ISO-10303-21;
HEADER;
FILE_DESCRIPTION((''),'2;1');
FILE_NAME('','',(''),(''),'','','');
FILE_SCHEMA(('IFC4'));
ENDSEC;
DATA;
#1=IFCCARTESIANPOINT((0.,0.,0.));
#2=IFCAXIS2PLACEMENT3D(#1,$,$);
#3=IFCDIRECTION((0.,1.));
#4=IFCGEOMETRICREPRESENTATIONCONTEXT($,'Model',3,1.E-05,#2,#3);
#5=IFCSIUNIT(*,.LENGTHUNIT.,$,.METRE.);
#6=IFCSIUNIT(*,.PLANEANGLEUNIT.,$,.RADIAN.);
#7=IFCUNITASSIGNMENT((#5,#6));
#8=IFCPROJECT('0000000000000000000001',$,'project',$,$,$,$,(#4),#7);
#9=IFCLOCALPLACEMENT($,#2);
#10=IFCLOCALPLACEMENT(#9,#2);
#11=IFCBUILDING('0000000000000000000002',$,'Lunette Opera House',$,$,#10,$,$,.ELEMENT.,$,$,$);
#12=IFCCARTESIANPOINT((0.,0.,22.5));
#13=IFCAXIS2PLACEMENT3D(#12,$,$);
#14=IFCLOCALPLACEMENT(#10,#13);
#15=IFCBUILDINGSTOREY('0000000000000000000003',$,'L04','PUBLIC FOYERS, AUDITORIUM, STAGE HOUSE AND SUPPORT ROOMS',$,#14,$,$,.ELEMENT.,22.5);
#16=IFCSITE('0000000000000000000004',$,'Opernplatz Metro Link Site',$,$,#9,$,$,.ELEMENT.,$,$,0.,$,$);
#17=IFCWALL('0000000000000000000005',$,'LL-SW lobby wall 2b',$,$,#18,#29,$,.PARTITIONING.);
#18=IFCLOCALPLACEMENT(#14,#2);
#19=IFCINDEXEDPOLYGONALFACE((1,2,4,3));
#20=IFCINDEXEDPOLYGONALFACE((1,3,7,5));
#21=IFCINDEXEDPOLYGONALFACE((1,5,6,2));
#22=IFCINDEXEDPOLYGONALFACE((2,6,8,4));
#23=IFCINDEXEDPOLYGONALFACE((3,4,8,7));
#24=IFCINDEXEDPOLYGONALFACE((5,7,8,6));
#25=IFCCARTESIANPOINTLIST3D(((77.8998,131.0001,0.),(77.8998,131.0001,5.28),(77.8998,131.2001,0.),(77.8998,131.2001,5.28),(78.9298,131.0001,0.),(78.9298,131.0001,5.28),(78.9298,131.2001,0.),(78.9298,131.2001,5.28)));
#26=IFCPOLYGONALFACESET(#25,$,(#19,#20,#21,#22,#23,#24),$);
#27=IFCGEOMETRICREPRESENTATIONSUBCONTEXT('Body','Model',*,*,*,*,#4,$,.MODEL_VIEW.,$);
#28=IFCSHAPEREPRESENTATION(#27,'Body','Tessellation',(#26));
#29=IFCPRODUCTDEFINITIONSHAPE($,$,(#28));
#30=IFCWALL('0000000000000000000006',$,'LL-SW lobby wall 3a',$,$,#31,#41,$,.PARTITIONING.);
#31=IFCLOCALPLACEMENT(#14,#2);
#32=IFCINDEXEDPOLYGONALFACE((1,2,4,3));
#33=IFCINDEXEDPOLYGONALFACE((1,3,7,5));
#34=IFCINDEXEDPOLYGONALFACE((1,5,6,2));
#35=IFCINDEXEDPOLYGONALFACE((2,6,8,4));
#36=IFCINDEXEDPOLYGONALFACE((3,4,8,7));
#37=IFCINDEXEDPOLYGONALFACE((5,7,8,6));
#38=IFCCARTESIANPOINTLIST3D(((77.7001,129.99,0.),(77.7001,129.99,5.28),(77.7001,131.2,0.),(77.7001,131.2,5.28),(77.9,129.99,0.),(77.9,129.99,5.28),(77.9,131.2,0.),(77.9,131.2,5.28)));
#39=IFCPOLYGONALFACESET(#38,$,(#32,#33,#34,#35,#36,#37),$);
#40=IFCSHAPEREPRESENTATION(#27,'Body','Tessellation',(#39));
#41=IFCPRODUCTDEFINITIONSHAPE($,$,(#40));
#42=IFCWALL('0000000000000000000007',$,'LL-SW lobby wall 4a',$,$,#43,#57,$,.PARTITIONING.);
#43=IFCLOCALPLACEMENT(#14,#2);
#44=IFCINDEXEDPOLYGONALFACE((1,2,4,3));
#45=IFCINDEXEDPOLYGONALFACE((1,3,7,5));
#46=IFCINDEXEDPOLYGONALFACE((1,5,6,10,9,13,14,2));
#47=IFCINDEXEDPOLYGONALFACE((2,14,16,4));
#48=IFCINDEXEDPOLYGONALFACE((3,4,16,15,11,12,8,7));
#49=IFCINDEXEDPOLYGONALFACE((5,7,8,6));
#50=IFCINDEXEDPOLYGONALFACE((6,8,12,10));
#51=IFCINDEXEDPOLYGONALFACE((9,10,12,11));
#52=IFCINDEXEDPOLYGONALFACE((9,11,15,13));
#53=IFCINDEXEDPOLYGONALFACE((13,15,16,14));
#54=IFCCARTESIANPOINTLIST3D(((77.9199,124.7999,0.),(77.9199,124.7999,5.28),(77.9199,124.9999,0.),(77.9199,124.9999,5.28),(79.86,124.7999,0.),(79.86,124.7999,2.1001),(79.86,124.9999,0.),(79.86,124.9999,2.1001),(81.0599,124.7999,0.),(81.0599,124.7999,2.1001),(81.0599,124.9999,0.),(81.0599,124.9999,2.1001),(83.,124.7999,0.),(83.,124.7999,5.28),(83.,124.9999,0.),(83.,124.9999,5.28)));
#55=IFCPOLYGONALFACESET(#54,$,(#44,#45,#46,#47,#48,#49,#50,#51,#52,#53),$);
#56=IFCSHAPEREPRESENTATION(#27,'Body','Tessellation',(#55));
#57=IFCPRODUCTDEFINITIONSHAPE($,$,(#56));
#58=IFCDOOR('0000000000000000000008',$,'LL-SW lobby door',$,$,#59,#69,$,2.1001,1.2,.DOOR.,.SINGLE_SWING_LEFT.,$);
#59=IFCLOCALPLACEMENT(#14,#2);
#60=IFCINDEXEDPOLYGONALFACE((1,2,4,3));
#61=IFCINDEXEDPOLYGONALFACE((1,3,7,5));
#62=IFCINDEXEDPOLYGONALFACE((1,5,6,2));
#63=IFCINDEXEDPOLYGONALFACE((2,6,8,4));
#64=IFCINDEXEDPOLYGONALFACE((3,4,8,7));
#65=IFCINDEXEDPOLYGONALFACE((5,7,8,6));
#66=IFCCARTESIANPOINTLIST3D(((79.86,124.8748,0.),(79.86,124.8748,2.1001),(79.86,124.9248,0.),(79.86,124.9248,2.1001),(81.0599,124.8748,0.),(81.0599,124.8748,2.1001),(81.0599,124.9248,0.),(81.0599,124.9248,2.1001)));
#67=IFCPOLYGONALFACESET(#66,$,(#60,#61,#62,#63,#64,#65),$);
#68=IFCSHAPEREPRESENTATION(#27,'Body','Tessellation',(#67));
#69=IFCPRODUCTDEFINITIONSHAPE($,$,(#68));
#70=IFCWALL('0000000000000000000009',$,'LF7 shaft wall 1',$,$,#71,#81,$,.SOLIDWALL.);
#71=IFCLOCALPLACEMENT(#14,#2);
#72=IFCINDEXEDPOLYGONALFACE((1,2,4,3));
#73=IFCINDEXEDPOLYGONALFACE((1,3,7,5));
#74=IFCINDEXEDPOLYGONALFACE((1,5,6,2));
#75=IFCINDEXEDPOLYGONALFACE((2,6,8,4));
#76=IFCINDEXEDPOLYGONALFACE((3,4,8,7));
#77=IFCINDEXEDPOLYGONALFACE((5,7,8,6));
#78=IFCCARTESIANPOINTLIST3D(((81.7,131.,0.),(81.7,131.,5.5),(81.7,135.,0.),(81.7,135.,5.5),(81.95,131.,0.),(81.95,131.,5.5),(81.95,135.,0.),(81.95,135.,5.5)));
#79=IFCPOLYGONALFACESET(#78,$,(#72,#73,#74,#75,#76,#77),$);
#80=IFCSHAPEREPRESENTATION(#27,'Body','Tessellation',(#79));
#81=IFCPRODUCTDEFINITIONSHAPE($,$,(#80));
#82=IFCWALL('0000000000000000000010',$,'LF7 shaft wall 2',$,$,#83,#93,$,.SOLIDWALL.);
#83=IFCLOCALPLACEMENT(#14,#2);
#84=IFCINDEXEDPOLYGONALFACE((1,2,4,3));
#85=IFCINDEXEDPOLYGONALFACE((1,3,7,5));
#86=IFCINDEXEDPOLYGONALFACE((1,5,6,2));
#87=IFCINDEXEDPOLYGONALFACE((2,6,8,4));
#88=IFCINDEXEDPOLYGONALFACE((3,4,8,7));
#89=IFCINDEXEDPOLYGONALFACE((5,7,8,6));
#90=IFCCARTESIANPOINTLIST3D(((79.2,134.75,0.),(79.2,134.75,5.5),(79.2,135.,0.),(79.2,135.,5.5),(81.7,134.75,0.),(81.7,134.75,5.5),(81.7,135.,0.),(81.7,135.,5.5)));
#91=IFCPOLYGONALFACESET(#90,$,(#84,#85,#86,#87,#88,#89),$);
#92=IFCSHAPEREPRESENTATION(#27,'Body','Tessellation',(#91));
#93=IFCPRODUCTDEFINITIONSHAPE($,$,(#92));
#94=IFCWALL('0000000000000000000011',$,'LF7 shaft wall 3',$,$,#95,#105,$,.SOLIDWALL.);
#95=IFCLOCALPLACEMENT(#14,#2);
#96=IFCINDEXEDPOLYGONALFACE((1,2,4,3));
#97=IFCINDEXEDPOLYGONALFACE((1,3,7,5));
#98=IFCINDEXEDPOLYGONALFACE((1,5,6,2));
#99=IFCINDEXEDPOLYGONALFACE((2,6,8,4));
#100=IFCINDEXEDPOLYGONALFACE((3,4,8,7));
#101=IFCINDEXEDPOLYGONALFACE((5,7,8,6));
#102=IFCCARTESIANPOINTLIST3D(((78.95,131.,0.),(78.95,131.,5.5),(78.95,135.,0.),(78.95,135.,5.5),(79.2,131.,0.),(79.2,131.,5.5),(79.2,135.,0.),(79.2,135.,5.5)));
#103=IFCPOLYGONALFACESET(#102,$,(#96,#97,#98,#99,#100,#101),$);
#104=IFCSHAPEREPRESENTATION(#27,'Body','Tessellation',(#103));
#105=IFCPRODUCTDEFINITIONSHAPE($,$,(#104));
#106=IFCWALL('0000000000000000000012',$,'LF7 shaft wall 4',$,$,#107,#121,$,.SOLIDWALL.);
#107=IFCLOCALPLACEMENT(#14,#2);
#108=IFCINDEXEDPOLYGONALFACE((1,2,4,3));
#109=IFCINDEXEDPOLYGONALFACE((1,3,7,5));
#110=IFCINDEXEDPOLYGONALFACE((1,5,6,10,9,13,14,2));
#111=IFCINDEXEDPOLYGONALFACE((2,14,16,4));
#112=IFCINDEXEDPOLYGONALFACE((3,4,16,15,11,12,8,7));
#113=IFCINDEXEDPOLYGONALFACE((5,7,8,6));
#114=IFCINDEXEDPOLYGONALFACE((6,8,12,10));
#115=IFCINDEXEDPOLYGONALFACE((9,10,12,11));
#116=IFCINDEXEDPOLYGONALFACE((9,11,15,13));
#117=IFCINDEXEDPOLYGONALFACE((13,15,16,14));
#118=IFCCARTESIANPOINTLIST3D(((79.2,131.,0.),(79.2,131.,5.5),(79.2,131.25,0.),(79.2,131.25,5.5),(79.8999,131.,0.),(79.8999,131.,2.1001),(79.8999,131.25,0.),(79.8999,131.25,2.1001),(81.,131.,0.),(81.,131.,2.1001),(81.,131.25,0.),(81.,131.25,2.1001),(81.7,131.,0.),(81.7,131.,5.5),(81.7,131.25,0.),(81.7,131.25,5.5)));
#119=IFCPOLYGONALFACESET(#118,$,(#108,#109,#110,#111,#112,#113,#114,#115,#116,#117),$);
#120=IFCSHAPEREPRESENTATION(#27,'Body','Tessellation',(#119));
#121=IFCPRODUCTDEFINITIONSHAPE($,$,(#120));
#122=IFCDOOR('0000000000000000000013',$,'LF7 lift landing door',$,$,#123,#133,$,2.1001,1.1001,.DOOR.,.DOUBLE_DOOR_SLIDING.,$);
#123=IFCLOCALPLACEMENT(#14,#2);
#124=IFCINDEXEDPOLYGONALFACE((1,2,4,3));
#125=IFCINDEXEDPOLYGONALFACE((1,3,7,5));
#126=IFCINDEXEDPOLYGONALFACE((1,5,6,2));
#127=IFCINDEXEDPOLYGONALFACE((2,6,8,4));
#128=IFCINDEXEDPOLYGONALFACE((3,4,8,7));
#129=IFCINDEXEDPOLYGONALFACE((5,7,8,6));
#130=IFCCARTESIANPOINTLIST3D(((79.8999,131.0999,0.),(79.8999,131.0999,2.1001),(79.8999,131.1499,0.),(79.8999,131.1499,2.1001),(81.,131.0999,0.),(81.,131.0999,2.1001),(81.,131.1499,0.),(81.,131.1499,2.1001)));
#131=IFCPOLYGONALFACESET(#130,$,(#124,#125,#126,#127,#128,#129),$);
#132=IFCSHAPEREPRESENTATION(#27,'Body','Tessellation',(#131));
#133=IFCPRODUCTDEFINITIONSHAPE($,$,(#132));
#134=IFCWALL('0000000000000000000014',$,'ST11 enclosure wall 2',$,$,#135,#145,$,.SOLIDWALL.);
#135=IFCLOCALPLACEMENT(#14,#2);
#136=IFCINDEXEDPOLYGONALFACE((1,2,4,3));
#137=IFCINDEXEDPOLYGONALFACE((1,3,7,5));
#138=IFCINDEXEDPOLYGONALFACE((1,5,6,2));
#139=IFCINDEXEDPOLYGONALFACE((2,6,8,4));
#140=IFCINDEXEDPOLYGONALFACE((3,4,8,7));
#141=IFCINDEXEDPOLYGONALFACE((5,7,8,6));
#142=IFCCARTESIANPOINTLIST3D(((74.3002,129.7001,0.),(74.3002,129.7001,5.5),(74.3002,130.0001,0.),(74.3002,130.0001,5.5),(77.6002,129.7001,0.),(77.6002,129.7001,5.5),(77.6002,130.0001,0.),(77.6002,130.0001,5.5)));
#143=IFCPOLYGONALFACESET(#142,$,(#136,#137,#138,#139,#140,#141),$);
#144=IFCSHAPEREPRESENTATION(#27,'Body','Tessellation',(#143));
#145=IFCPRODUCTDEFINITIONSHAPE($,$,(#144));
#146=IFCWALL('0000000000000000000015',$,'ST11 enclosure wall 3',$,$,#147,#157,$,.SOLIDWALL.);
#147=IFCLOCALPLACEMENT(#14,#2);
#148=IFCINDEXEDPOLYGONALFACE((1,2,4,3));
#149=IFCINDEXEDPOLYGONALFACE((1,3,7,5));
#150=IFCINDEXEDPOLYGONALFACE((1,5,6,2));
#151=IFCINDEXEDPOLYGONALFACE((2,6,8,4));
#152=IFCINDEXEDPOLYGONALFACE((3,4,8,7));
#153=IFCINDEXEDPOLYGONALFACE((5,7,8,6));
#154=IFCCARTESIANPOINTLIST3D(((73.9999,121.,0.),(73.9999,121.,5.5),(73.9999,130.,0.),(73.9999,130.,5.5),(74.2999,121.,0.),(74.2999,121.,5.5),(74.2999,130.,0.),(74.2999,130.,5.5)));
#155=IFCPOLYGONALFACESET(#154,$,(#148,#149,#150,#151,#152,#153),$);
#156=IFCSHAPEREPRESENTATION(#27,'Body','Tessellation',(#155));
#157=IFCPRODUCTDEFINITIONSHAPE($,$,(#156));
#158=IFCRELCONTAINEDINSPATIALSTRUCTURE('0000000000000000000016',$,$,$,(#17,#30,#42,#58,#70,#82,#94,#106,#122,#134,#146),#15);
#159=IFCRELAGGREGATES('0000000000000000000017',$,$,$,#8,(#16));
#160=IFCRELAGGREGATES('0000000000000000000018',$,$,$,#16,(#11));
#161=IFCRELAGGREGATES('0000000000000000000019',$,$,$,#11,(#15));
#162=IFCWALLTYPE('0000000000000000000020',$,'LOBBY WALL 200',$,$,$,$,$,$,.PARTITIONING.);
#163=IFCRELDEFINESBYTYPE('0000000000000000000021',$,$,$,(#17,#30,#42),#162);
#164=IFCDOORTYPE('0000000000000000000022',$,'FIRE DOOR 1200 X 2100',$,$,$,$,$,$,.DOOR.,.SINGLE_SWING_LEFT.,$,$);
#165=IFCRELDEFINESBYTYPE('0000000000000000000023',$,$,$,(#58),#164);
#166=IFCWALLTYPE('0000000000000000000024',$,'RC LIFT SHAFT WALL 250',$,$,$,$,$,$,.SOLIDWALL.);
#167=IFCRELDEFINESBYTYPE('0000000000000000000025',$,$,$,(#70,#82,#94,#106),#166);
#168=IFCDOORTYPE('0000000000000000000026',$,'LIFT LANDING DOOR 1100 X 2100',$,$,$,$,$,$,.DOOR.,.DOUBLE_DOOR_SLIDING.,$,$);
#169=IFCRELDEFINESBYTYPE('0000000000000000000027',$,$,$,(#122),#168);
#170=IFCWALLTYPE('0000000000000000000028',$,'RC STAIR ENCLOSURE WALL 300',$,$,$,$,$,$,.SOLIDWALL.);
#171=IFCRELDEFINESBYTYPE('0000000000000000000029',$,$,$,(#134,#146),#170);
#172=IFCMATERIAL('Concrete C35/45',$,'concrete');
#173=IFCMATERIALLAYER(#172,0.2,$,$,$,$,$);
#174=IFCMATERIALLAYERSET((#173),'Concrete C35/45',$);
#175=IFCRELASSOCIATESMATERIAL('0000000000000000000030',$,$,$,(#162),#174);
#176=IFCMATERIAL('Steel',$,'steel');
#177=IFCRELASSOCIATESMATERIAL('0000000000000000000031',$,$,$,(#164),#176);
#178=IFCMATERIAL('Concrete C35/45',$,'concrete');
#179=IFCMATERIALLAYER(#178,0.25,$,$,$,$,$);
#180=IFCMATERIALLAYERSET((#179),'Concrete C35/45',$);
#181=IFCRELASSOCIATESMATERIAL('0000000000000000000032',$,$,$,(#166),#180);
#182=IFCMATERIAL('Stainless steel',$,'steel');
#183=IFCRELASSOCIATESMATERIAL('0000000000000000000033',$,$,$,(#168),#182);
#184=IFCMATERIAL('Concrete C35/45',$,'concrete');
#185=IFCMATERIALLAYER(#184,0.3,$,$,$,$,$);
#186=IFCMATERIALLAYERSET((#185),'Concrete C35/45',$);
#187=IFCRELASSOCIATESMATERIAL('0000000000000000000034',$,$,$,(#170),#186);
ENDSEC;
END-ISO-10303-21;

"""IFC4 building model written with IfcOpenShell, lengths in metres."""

from ifc_helpers import new_model, si_unit, direction, frame, frame_2d, origin, place, context, subcontext, project, spatial, rectangle, extrude, material, layer, layer_set, type_object, element, fill, save


model = new_model("IFC4")

# Units and contexts
model_context = context("Model", 3, precision=1e-05, world=origin(), true_north=direction((0.0, 1.0)))
body_context = subcontext(model_context, "Body", "Model", "MODEL_VIEW")
ifc_project = project(units=[si_unit("LENGTHUNIT", "METRE"), si_unit("PLANEANGLEUNIT", "RADIAN")], contexts=[model_context])

# Site, building, storey
site_placement = place(None, origin())
site = spatial("IfcSite", under=ifc_project, at=site_placement, Name="Opernplatz Metro Link Site", CompositionType="ELEMENT", RefElevation=0.0)
building_placement = place(site_placement, origin())
building = spatial("IfcBuilding", under=site, at=building_placement, Name="Lunette Opera House", CompositionType="ELEMENT")
storey_placement = place(building_placement, frame((0.0, 0.0, 22.5)))
storey = spatial("IfcBuildingStorey", under=building, at=storey_placement, Name="L04", Description="PUBLIC FOYERS, AUDITORIUM, STAGE HOUSE AND SUPPORT ROOMS", CompositionType="ELEMENT", Elevation=22.5)

# Walls
ifc_material_1 = material(Name="Concrete C35/45", Category="concrete")
ifc_layer_1 = layer(ifc_material_1, 0.2)
ifc_layer_set_1 = layer_set([ifc_layer_1], Name="Concrete C35/45")
wall_type_1 = type_object("IfcWallType", Name="LOBBY WALL 200", PredefinedType="PARTITIONING", material=ifc_layer_set_1)
wall_1_placement = place(storey_placement, frame((78.9299, 131.1001, 0.0), z_axis=(0.0, 0.0, 1.0), x_axis=(-1.0, 0.0, 0.0)))
element("IfcWall", 1, at=wall_1_placement, inside=storey, type_object=wall_type_1, Name="LL-SW lobby wall 2b", PredefinedType="PARTITIONING", context=body_context, shape_type="SweptSolid", body=[
    extrude(rectangle(XDim=1.03, YDim=0.2, at=frame_2d((0.5151, 0.0))), origin(), (0.0, 0.0, 1.0), 5.28),
])
wall_2_placement = place(storey_placement, frame((77.8, 131.2, 0.0), z_axis=(0.0, 0.0, 1.0), x_axis=(0.0, -1.0, 0.0)))
element("IfcWall", 2, at=wall_2_placement, inside=storey, type_object=wall_type_1, Name="LL-SW lobby wall 3a", PredefinedType="PARTITIONING", context=body_context, shape_type="SweptSolid", body=[
    extrude(rectangle(XDim=1.21, YDim=0.2, at=frame_2d((0.605, 0.0))), origin(), (0.0, 0.0, 1.0), 5.28),
])

# Wall, opening, door
wall_3_placement = place(storey_placement, frame((77.9199, 124.8999, 0.0), z_axis=(0.0, 0.0, 1.0), x_axis=(1.0, 0.0, 0.0)))
wall_3 = element("IfcWall", 3, at=wall_3_placement, inside=storey, type_object=wall_type_1, Name="LL-SW lobby wall 4a", PredefinedType="PARTITIONING", context=body_context, shape_type="SweptSolid", body=[
    extrude(rectangle(XDim=5.0801, YDim=0.2, at=frame_2d((2.54, 0.0))), origin(), (0.0, 0.0, 1.0), 5.28),
])
opening_1_placement = place(wall_3_placement, frame((1.9399, 0.0, 0.0)))
opening_1 = element("IfcOpeningElement", 4, at=opening_1_placement, cuts=wall_3, PredefinedType="OPENING", context=body_context, shape_type="SweptSolid", body=[
    extrude(rectangle(XDim=1.2, YDim=2.1001, at=frame_2d((0.6001, 1.05))), frame((0.0, 0.1121, 0.0), z_axis=(0.0, -1.0, 0.0), x_axis=(1.0, 0.0, 0.0)), (0.0, 0.0, 1.0), 0.2239),
])
ifc_material_2 = material(Name="Steel", Category="steel")
door_type_1 = type_object("IfcDoorType", Name="FIRE DOOR 1200 X 2100", OperationType="SINGLE_SWING_LEFT", PredefinedType="DOOR", material=ifc_material_2)
door_1_placement = place(opening_1_placement, origin())
door_1 = element("IfcDoor", 5, at=door_1_placement, inside=storey, type_object=door_type_1, Name="LL-SW lobby door", OperationType="SINGLE_SWING_LEFT", OverallHeight=2.1001, OverallWidth=1.2, PredefinedType="DOOR", context=body_context, shape_type="SweptSolid", body=[
    extrude(rectangle(XDim=1.2, YDim=2.1001, at=frame_2d((0.6001, 1.05))), frame((0.0, 0.0249, 0.0), z_axis=(0.0, -1.0, 0.0), x_axis=(1.0, 0.0, 0.0)), (0.0, 0.0, 1.0), 0.05),
])
fill(opening_1, door_1)

# Walls
ifc_material_3 = material(Name="Concrete C35/45", Category="concrete")
ifc_layer_2 = layer(ifc_material_3, 0.25)
ifc_layer_set_2 = layer_set([ifc_layer_2], Name="Concrete C35/45")
wall_type_2 = type_object("IfcWallType", Name="RC LIFT SHAFT WALL 250", PredefinedType="SOLIDWALL", material=ifc_layer_set_2)
wall_4_placement = place(storey_placement, frame((81.825, 131.0, 0.0), z_axis=(0.0, 0.0, 1.0), x_axis=(0.0, 1.0, 0.0)))
element("IfcWall", 6, at=wall_4_placement, inside=storey, type_object=wall_type_2, Name="LF7 shaft wall 1", PredefinedType="SOLIDWALL", context=body_context, shape_type="SweptSolid", body=[
    extrude(rectangle(XDim=4.0, YDim=0.25, at=frame_2d((2.0, 0.0))), origin(), (0.0, 0.0, 1.0), 5.5),
])
wall_5_placement = place(storey_placement, frame((81.7, 134.875, 0.0), z_axis=(0.0, 0.0, 1.0), x_axis=(-1.0, 0.0, 0.0)))
element("IfcWall", 7, at=wall_5_placement, inside=storey, type_object=wall_type_2, Name="LF7 shaft wall 2", PredefinedType="SOLIDWALL", context=body_context, shape_type="SweptSolid", body=[
    extrude(rectangle(XDim=2.5, YDim=0.25, at=frame_2d((1.25, 0.0))), origin(), (0.0, 0.0, 1.0), 5.5),
])
wall_6_placement = place(storey_placement, frame((79.075, 135.0, 0.0), z_axis=(0.0, 0.0, 1.0), x_axis=(0.0, -1.0, 0.0)))
element("IfcWall", 8, at=wall_6_placement, inside=storey, type_object=wall_type_2, Name="LF7 shaft wall 3", PredefinedType="SOLIDWALL", context=body_context, shape_type="SweptSolid", body=[
    extrude(rectangle(XDim=4.0, YDim=0.25, at=frame_2d((2.0, 0.0))), origin(), (0.0, 0.0, 1.0), 5.5),
])

# Wall, opening, door
wall_7_placement = place(storey_placement, frame((79.2, 131.125, 0.0), z_axis=(0.0, 0.0, 1.0), x_axis=(1.0, 0.0, 0.0)))
wall_7 = element("IfcWall", 9, at=wall_7_placement, inside=storey, type_object=wall_type_2, Name="LF7 shaft wall 4", PredefinedType="SOLIDWALL", context=body_context, shape_type="SweptSolid", body=[
    extrude(rectangle(XDim=2.5, YDim=0.25, at=frame_2d((1.25, 0.0))), origin(), (0.0, 0.0, 1.0), 5.5),
])
opening_2_placement = place(wall_7_placement, frame((0.7, 0.0, 0.0)))
opening_2 = element("IfcOpeningElement", 10, at=opening_2_placement, cuts=wall_7, PredefinedType="OPENING", context=body_context, shape_type="SweptSolid", body=[
    extrude(rectangle(XDim=1.1001, YDim=2.1001, at=frame_2d((0.55, 1.05))), frame((0.0, 0.137, 0.0), z_axis=(0.0, -1.0, 0.0), x_axis=(1.0, 0.0, 0.0)), (0.0, 0.0, 1.0), 0.2739),
])
ifc_material_4 = material(Name="Stainless steel", Category="steel")
door_type_2 = type_object("IfcDoorType", Name="LIFT LANDING DOOR 1100 X 2100", OperationType="DOUBLE_DOOR_SLIDING", PredefinedType="DOOR", material=ifc_material_4)
door_2_placement = place(opening_2_placement, origin())
door_2 = element("IfcDoor", 11, at=door_2_placement, inside=storey, type_object=door_type_2, Name="LF7 lift landing door", OperationType="DOUBLE_DOOR_SLIDING", OverallHeight=2.1001, OverallWidth=1.1001, PredefinedType="DOOR", context=body_context, shape_type="SweptSolid", body=[
    extrude(rectangle(XDim=1.1001, YDim=2.1001, at=frame_2d((0.55, 1.05))), frame((0.0, 0.0249, 0.0), z_axis=(0.0, -1.0, 0.0), x_axis=(1.0, 0.0, 0.0)), (0.0, 0.0, 1.0), 0.05),
])
fill(opening_2, door_2)

# Walls
ifc_material_5 = material(Name="Concrete C35/45", Category="concrete")
ifc_layer_3 = layer(ifc_material_5, 0.3)
ifc_layer_set_3 = layer_set([ifc_layer_3], Name="Concrete C35/45")
wall_type_3 = type_object("IfcWallType", Name="RC STAIR ENCLOSURE WALL 300", PredefinedType="SOLIDWALL", material=ifc_layer_set_3)
wall_8_placement = place(storey_placement, frame((77.6001, 129.8501, 0.0), z_axis=(0.0, 0.0, 1.0), x_axis=(-1.0, 0.0, 0.0)))
element("IfcWall", 12, at=wall_8_placement, inside=storey, type_object=wall_type_3, Name="ST11 enclosure wall 2", PredefinedType="SOLIDWALL", context=body_context, shape_type="SweptSolid", body=[
    extrude(rectangle(XDim=3.3, YDim=0.3, at=frame_2d((1.6499, 0.0))), origin(), (0.0, 0.0, 1.0), 5.5),
])
wall_9_placement = place(storey_placement, frame((74.1499, 130.0, 0.0), z_axis=(0.0, 0.0, 1.0), x_axis=(0.0, -1.0, 0.0)))
element("IfcWall", 13, at=wall_9_placement, inside=storey, type_object=wall_type_3, Name="ST11 enclosure wall 3", PredefinedType="SOLIDWALL", context=body_context, shape_type="SweptSolid", body=[
    extrude(rectangle(XDim=9.0, YDim=0.3, at=frame_2d((4.5, 0.0))), origin(), (0.0, 0.0, 1.0), 5.5),
])

save(model, "model.ifc")
